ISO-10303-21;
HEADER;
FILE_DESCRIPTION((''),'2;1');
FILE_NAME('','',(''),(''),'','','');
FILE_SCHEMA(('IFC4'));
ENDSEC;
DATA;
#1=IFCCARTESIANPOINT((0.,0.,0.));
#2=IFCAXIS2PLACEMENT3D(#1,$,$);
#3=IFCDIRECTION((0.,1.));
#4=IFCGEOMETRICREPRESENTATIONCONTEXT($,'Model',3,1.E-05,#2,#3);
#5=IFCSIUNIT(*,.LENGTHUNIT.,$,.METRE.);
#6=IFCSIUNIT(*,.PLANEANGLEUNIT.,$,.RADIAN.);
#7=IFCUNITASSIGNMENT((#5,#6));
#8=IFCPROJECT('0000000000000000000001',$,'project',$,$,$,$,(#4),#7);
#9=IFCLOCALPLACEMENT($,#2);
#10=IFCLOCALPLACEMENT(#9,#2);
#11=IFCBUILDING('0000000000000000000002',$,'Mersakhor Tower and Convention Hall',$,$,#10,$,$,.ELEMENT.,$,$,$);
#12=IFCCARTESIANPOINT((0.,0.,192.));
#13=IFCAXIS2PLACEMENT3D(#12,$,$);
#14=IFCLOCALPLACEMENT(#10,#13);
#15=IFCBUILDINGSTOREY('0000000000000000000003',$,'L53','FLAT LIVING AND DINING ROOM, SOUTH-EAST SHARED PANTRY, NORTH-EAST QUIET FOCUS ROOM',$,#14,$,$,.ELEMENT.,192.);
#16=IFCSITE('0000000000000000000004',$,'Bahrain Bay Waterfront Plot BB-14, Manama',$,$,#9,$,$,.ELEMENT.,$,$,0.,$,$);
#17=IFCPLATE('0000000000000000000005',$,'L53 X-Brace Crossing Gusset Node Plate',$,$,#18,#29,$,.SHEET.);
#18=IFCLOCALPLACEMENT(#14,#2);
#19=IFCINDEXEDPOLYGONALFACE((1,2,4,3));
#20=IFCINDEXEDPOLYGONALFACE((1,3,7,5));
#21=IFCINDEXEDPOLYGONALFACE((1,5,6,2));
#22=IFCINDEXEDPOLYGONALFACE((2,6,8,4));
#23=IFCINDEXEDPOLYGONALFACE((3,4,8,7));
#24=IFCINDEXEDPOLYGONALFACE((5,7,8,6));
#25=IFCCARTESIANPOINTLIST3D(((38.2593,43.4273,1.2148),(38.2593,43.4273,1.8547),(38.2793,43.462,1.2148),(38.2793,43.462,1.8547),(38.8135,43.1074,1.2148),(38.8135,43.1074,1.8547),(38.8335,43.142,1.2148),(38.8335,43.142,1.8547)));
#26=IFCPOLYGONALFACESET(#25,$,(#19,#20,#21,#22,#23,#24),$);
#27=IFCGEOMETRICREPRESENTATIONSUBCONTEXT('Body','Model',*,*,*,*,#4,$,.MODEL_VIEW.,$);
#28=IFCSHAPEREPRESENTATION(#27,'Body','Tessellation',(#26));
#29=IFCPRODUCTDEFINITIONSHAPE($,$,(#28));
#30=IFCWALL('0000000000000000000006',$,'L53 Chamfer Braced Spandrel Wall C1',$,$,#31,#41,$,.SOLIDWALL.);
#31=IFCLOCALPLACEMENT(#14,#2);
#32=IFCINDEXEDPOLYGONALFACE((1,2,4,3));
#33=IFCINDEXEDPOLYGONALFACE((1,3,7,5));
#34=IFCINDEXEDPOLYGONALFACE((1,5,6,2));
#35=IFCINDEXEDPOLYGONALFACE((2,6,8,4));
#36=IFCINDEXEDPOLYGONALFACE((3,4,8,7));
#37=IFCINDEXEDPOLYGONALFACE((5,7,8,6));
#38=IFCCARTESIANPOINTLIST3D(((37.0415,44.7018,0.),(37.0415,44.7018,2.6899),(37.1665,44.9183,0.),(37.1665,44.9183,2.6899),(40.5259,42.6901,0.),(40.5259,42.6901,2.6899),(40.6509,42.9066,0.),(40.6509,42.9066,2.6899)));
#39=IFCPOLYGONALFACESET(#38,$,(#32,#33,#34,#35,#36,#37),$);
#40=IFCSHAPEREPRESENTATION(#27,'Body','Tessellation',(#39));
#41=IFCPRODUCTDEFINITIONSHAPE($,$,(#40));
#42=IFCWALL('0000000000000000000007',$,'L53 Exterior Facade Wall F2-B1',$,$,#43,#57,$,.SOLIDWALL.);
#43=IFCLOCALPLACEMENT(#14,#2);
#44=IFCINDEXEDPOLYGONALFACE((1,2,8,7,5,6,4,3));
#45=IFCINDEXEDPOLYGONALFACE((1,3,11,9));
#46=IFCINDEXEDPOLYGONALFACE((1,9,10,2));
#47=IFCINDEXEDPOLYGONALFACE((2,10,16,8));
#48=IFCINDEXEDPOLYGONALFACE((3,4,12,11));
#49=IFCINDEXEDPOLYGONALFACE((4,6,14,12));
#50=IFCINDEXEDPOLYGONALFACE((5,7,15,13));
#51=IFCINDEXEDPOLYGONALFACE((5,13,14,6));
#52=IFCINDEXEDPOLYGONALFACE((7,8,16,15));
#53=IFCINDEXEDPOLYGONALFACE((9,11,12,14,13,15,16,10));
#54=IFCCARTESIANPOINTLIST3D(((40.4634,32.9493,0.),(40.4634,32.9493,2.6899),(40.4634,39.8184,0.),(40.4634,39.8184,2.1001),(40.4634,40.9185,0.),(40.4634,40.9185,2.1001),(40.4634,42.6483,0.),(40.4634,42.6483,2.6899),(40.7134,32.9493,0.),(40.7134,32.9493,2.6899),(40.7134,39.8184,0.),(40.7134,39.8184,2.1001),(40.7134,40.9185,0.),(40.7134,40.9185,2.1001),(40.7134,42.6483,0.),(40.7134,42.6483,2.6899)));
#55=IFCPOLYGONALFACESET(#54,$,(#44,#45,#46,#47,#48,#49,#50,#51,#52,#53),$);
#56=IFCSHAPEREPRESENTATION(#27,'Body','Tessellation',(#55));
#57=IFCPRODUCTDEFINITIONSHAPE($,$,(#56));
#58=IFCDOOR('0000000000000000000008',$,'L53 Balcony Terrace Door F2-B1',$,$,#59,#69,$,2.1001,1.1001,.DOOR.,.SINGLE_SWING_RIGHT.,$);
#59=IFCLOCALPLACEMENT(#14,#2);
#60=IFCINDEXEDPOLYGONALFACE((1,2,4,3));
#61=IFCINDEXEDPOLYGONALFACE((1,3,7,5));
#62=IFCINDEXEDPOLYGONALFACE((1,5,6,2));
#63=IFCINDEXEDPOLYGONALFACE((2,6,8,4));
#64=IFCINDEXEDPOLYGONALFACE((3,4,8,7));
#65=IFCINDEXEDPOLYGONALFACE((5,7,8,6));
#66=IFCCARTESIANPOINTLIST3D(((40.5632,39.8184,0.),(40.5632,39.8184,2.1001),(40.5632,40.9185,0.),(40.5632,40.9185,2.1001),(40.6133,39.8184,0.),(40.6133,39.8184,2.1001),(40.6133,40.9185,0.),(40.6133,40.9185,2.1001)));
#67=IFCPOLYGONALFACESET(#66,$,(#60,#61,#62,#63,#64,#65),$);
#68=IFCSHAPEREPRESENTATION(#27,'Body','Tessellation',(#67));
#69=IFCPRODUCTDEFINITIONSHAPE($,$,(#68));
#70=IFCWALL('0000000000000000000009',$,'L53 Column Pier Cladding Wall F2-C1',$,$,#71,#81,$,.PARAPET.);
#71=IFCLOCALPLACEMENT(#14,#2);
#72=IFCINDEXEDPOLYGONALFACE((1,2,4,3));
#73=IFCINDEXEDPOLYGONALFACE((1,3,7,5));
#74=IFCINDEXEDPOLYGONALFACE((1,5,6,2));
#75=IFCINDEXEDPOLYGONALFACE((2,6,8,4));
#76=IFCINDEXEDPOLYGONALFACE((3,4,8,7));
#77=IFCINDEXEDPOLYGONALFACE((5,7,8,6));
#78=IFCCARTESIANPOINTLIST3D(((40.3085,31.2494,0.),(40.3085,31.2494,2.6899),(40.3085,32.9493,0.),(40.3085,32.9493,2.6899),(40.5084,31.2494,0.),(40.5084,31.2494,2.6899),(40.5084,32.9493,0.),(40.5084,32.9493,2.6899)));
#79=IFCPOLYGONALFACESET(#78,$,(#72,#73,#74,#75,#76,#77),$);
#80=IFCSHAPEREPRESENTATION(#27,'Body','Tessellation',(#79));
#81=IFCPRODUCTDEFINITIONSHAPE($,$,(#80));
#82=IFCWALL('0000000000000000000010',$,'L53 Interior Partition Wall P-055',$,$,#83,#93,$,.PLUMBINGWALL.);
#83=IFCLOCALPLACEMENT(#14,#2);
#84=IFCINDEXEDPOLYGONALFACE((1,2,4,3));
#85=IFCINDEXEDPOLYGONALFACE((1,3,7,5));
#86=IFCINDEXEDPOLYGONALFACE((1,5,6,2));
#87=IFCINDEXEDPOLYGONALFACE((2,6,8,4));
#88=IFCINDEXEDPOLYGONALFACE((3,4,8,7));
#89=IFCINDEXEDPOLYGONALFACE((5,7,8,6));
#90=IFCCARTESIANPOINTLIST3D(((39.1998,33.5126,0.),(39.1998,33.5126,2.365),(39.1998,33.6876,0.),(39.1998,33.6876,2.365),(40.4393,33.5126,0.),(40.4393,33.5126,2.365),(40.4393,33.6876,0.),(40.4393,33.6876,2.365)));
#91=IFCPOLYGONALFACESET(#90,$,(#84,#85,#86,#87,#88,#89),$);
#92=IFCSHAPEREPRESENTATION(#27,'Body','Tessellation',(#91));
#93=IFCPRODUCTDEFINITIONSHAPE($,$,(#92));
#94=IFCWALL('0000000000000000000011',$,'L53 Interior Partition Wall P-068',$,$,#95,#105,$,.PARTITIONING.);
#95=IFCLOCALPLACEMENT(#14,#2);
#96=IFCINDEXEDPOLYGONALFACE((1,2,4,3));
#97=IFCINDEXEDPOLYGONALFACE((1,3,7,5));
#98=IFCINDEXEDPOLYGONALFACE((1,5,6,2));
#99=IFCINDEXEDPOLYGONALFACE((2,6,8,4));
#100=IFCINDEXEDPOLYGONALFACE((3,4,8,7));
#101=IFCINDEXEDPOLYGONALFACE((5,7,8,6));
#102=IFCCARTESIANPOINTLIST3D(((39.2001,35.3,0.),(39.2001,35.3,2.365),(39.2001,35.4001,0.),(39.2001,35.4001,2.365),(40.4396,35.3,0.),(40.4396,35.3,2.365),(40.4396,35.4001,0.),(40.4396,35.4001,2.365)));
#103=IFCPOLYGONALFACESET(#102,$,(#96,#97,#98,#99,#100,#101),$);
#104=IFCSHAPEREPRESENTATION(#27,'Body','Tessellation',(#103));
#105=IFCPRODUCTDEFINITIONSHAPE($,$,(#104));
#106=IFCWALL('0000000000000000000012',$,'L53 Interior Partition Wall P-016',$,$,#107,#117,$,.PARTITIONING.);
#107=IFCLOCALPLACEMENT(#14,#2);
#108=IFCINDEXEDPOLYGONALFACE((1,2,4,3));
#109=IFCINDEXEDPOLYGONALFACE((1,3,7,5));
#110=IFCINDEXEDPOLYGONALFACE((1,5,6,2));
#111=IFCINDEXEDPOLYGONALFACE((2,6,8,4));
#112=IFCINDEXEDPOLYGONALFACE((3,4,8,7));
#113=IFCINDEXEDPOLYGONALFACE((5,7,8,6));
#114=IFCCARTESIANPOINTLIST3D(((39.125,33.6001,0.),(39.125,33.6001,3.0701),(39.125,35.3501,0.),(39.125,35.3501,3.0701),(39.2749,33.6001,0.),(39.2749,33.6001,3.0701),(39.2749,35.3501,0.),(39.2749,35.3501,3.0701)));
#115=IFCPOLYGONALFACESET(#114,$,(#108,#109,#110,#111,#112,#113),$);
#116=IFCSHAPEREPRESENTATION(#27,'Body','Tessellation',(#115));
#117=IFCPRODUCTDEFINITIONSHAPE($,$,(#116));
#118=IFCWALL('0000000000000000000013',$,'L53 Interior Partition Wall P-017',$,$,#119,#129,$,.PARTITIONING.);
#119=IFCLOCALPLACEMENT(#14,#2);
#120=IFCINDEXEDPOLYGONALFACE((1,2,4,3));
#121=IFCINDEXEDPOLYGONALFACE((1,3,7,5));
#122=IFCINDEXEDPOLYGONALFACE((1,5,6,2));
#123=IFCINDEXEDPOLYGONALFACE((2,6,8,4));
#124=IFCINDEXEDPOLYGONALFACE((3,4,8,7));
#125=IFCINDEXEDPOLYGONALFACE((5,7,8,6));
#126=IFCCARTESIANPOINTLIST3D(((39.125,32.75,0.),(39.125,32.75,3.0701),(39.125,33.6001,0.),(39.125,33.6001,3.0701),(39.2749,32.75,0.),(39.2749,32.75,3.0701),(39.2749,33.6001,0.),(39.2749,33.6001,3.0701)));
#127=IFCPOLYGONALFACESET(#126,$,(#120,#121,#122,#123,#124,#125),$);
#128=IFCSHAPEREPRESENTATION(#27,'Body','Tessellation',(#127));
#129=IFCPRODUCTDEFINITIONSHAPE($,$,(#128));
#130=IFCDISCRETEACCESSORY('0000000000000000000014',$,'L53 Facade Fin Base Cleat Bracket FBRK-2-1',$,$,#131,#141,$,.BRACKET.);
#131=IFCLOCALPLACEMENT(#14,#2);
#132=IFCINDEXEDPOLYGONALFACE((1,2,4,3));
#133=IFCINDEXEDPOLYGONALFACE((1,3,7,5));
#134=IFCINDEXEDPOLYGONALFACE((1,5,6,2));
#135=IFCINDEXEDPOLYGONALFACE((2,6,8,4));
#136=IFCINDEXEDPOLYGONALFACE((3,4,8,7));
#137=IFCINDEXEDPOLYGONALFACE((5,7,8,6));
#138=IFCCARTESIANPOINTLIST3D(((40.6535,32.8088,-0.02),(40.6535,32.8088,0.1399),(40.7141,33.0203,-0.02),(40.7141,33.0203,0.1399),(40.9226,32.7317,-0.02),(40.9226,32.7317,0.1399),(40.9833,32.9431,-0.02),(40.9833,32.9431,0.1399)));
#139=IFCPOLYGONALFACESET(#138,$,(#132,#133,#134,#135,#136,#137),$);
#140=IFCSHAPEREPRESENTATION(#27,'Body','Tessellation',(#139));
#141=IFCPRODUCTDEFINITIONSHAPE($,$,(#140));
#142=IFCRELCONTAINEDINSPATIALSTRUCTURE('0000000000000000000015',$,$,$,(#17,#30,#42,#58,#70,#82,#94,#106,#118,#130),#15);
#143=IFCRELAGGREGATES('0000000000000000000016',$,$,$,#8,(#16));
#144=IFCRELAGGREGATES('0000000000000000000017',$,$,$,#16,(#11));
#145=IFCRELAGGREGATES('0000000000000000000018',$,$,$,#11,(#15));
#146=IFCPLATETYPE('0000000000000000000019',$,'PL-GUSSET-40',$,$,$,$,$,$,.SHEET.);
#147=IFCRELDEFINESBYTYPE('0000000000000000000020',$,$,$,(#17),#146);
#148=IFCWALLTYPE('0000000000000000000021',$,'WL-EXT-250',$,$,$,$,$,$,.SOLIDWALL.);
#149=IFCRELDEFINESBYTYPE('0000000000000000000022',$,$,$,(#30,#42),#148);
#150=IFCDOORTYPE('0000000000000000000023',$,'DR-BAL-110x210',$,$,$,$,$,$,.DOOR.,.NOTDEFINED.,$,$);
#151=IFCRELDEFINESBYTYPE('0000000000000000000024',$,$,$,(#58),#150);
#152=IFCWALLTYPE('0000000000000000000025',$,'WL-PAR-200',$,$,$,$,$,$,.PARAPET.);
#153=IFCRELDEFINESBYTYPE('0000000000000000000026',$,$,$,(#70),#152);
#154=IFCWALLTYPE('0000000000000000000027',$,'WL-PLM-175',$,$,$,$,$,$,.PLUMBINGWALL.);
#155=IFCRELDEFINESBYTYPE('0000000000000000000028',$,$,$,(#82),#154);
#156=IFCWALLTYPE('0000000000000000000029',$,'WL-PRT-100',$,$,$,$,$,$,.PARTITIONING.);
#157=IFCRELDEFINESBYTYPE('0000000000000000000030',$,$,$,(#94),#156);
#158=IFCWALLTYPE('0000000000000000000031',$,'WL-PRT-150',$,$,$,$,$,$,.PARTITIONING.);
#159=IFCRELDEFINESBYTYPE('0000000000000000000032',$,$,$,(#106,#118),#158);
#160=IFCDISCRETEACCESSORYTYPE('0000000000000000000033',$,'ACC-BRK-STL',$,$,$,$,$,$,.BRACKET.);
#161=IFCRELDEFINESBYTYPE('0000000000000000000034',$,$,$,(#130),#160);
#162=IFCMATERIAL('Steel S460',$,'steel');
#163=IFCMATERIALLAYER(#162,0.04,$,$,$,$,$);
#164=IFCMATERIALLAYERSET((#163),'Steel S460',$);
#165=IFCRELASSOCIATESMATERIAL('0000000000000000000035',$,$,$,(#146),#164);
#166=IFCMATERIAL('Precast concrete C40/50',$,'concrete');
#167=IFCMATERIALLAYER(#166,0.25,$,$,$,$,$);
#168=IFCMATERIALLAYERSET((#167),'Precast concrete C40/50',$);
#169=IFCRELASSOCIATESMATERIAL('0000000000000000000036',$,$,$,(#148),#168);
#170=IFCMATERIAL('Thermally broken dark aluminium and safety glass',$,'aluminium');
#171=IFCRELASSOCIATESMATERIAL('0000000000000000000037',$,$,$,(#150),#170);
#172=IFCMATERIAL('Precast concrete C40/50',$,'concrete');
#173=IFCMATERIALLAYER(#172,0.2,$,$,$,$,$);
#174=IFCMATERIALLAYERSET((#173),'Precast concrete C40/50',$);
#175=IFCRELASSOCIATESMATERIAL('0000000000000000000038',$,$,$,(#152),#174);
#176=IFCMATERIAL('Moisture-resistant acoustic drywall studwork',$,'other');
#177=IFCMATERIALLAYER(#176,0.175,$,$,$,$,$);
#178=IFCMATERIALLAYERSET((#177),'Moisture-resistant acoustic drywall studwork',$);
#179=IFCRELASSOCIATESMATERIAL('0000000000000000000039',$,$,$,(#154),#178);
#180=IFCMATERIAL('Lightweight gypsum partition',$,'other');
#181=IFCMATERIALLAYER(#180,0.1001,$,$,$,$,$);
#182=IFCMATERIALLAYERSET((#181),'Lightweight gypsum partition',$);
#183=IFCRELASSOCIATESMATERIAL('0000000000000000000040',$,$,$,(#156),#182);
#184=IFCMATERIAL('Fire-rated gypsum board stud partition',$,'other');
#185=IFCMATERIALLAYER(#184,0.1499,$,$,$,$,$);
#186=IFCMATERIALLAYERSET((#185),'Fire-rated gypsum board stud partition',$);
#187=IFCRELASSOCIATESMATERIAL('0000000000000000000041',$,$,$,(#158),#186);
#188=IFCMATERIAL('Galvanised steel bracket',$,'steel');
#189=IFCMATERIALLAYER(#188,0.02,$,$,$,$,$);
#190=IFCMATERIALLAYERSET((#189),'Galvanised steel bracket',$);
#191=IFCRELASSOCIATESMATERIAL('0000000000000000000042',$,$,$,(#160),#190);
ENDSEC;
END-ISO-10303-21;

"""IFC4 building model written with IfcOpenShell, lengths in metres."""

from ifc_helpers import new_model, si_unit, direction, frame, frame_2d, origin, origin_2d, place, context, subcontext, project, spatial, rectangle, extrude, material, layer, layer_set, type_object, element, fill, save


model = new_model("IFC4")

# Units and contexts
model_context = context("Model", 3, precision=1e-05, world=origin(), true_north=direction((0.0, 1.0)))
body_context = subcontext(model_context, "Body", "Model", "MODEL_VIEW")
ifc_project = project(units=[si_unit("LENGTHUNIT", "METRE"), si_unit("PLANEANGLEUNIT", "RADIAN")], contexts=[model_context])

# Site, building, storey
site_placement = place(None, origin())
site = spatial("IfcSite", under=ifc_project, at=site_placement, Name="Bahrain Bay Waterfront Plot BB-14, Manama", CompositionType="ELEMENT", RefElevation=0.0)
building_placement = place(site_placement, origin())
building = spatial("IfcBuilding", under=site, at=building_placement, Name="Mersakhor Tower and Convention Hall", CompositionType="ELEMENT")
storey_placement = place(building_placement, frame((0.0, 0.0, 192.0)))
storey = spatial("IfcBuildingStorey", under=building, at=storey_placement, Name="L53", Description="FLAT LIVING AND DINING ROOM, SOUTH-EAST SHARED PANTRY, NORTH-EAST QUIET FOCUS ROOM", CompositionType="ELEMENT", Elevation=192.0)

# Plate
ifc_material_1 = material(Name="Steel S460", Category="steel")
ifc_layer_1 = layer(ifc_material_1, 0.04)
ifc_layer_set_1 = layer_set([ifc_layer_1], Name="Steel S460")
plate_type = type_object("IfcPlateType", Name="PL-GUSSET-40", PredefinedType="SHEET", material=ifc_layer_set_1)
plate_placement = place(storey_placement, frame((38.5464, 43.2847, 1.2148), z_axis=(0.0, 0.0, 1.0), x_axis=(-0.866025, 0.5, 0.0)))
element("IfcPlate", 1, at=plate_placement, inside=storey, type_object=plate_type, Name="L53 X-Brace Crossing Gusset Node Plate", PredefinedType="SHEET", context=body_context, shape_type="SweptSolid", body=[
    extrude(rectangle(XDim=0.6399, YDim=0.04, at=origin_2d()), origin(), (0.0, 0.0, 1.0), 0.6399),
])

# Wall
ifc_material_2 = material(Name="Precast concrete C40/50", Category="concrete")
ifc_layer_2 = layer(ifc_material_2, 0.25)
ifc_layer_set_2 = layer_set([ifc_layer_2], Name="Precast concrete C40/50")
wall_type_1 = type_object("IfcWallType", Name="WL-EXT-250", PredefinedType="SOLIDWALL", material=ifc_layer_set_2)
wall_1_placement = place(storey_placement, frame((37.104, 44.8101, 0.0), z_axis=(0.0, 0.0, 1.0), x_axis=(0.866024, -0.500003, 0.0)))
element("IfcWall", 2, at=wall_1_placement, inside=storey, type_object=wall_type_1, Name="L53 Chamfer Braced Spandrel Wall C1", PredefinedType="SOLIDWALL", context=body_context, shape_type="SweptSolid", body=[
    extrude(rectangle(XDim=4.0234, YDim=0.25, at=frame_2d((2.0117, 0.0))), origin(), (0.0, 0.0, 1.0), 2.6899),
])

# Wall, opening, door
wall_2_placement = place(storey_placement, frame((40.5884, 42.6484, 0.0), z_axis=(0.0, 0.0, 1.0), x_axis=(0.0, -1.0, 0.0)))
wall_2 = element("IfcWall", 3, at=wall_2_placement, inside=storey, type_object=wall_type_1, Name="L53 Exterior Facade Wall F2-B1", PredefinedType="SOLIDWALL", context=body_context, shape_type="SweptSolid", body=[
    extrude(rectangle(XDim=9.699, YDim=0.25, at=frame_2d((4.8496, 0.0))), origin(), (0.0, 0.0, 1.0), 2.6899),
])
opening_placement = place(wall_2_placement, frame((1.73, 0.0, 0.0)))
opening = element("IfcOpeningElement", 4, at=opening_placement, cuts=wall_2, PredefinedType="OPENING", context=body_context, shape_type="SweptSolid", body=[
    extrude(rectangle(XDim=1.1001, YDim=2.1001, at=frame_2d((0.55, 1.05))), frame((0.0, 0.135, 0.0), z_axis=(0.0, -1.0, 0.0), x_axis=(1.0, 0.0, 0.0)), (0.0, 0.0, 1.0), 0.27),
])
ifc_material_3 = material(Name="Thermally broken dark aluminium and safety glass", Category="aluminium")
door_type = type_object("IfcDoorType", Name="DR-BAL-110x210", OperationType="NOTDEFINED", PredefinedType="DOOR", material=ifc_material_3)
door_placement = place(opening_placement, origin())
door = element("IfcDoor", 5, at=door_placement, inside=storey, type_object=door_type, Name="L53 Balcony Terrace Door F2-B1", OperationType="SINGLE_SWING_RIGHT", OverallHeight=2.1001, OverallWidth=1.1001, PredefinedType="DOOR", context=body_context, shape_type="SweptSolid", body=[
    extrude(rectangle(XDim=1.1001, YDim=2.1001, at=frame_2d((0.55, 1.05))), frame((0.0, 0.0249, 0.0), z_axis=(0.0, -1.0, 0.0), x_axis=(1.0, 0.0, 0.0)), (0.0, 0.0, 1.0), 0.05),
])
fill(opening, door)

# Walls
ifc_material_4 = material(Name="Precast concrete C40/50", Category="concrete")
ifc_layer_3 = layer(ifc_material_4, 0.2)
ifc_layer_set_3 = layer_set([ifc_layer_3], Name="Precast concrete C40/50")
wall_type_2 = type_object("IfcWallType", Name="WL-PAR-200", PredefinedType="PARAPET", material=ifc_layer_set_3)
wall_3_placement = place(storey_placement, frame((40.4084, 32.9495, 0.0), z_axis=(0.0, 0.0, 1.0), x_axis=(0.0, -1.0, 0.0)))
element("IfcWall", 6, at=wall_3_placement, inside=storey, type_object=wall_type_2, Name="L53 Column Pier Cladding Wall F2-C1", PredefinedType="PARAPET", context=body_context, shape_type="SweptSolid", body=[
    extrude(rectangle(XDim=1.7, YDim=0.2, at=frame_2d((0.8501, 0.0))), origin(), (0.0, 0.0, 1.0), 2.6899),
])
ifc_material_5 = material(Name="Moisture-resistant acoustic drywall studwork", Category="other")
ifc_layer_4 = layer(ifc_material_5, 0.175)
ifc_layer_set_4 = layer_set([ifc_layer_4], Name="Moisture-resistant acoustic drywall studwork")
wall_type_3 = type_object("IfcWallType", Name="WL-PLM-175", PredefinedType="PLUMBINGWALL", material=ifc_layer_set_4)
wall_4_placement = place(storey_placement, frame((39.2, 33.6001, 0.0), z_axis=(0.0, 0.0, 1.0), x_axis=(1.0, 0.0, 0.0)))
element("IfcWall", 7, at=wall_4_placement, inside=storey, type_object=wall_type_3, Name="L53 Interior Partition Wall P-055", PredefinedType="PLUMBINGWALL", context=body_context, shape_type="SweptSolid", body=[
    extrude(rectangle(XDim=1.2395, YDim=0.175, at=frame_2d((0.6196, 0.0))), origin(), (0.0, 0.0, 1.0), 2.365),
])
ifc_material_6 = material(Name="Lightweight gypsum partition", Category="other")
ifc_layer_5 = layer(ifc_material_6, 0.1001)
ifc_layer_set_5 = layer_set([ifc_layer_5], Name="Lightweight gypsum partition")
wall_type_4 = type_object("IfcWallType", Name="WL-PRT-100", PredefinedType="PARTITIONING", material=ifc_layer_set_5)
wall_5_placement = place(storey_placement, frame((40.4395, 35.3501, 0.0), z_axis=(0.0, 0.0, 1.0), x_axis=(-1.0, 0.0, 0.0)))
element("IfcWall", 8, at=wall_5_placement, inside=storey, type_object=wall_type_4, Name="L53 Interior Partition Wall P-068", PredefinedType="PARTITIONING", context=body_context, shape_type="SweptSolid", body=[
    extrude(rectangle(XDim=1.2395, YDim=0.1001, at=frame_2d((0.6196, 0.0))), origin(), (0.0, 0.0, 1.0), 2.365),
])
ifc_material_7 = material(Name="Fire-rated gypsum board stud partition", Category="other")
ifc_layer_6 = layer(ifc_material_7, 0.1499)
ifc_layer_set_6 = layer_set([ifc_layer_6], Name="Fire-rated gypsum board stud partition")
wall_type_5 = type_object("IfcWallType", Name="WL-PRT-150", PredefinedType="PARTITIONING", material=ifc_layer_set_6)
wall_6_placement = place(storey_placement, frame((39.2, 35.3501, 0.0), z_axis=(0.0, 0.0, 1.0), x_axis=(0.0, -1.0, 0.0)))
element("IfcWall", 9, at=wall_6_placement, inside=storey, type_object=wall_type_5, Name="L53 Interior Partition Wall P-016", PredefinedType="PARTITIONING", context=body_context, shape_type="SweptSolid", body=[
    extrude(rectangle(XDim=1.75, YDim=0.1499, at=frame_2d((0.875, 0.0))), origin(), (0.0, 0.0, 1.0), 3.0701),
])
wall_7_placement = place(storey_placement, frame((39.2, 33.6001, 0.0), z_axis=(0.0, 0.0, 1.0), x_axis=(0.0, -1.0, 0.0)))
element("IfcWall", 10, at=wall_7_placement, inside=storey, type_object=wall_type_5, Name="L53 Interior Partition Wall P-017", PredefinedType="PARTITIONING", context=body_context, shape_type="SweptSolid", body=[
    extrude(rectangle(XDim=0.8501, YDim=0.1499, at=frame_2d((0.425, 0.0))), origin(), (0.0, 0.0, 1.0), 3.0701),
])

# Discrete accessory
ifc_material_8 = material(Name="Galvanised steel bracket", Category="steel")
ifc_layer_7 = layer(ifc_material_8, 0.02)
ifc_layer_set_7 = layer_set([ifc_layer_7], Name="Galvanised steel bracket")
discrete_accessory_type = type_object("IfcDiscreteAccessoryType", Name="ACC-BRK-STL", PredefinedType="BRACKET", material=ifc_layer_set_7)
discrete_accessory_placement = place(storey_placement, frame((40.8184, 32.876, -0.02), z_axis=(0.0, 0.0, 1.0), x_axis=(0.961262, -0.275637, 0.0)))
element("IfcDiscreteAccessory", 11, at=discrete_accessory_placement, inside=storey, type_object=discrete_accessory_type, Name="L53 Facade Fin Base Cleat Bracket FBRK-2-1", PredefinedType="BRACKET", context=body_context, shape_type="SweptSolid", body=[
    extrude(rectangle(XDim=0.28, YDim=0.22, at=origin_2d()), origin(), (0.0, 0.0, 1.0), 0.1599),
])

save(model, "model.ifc")
